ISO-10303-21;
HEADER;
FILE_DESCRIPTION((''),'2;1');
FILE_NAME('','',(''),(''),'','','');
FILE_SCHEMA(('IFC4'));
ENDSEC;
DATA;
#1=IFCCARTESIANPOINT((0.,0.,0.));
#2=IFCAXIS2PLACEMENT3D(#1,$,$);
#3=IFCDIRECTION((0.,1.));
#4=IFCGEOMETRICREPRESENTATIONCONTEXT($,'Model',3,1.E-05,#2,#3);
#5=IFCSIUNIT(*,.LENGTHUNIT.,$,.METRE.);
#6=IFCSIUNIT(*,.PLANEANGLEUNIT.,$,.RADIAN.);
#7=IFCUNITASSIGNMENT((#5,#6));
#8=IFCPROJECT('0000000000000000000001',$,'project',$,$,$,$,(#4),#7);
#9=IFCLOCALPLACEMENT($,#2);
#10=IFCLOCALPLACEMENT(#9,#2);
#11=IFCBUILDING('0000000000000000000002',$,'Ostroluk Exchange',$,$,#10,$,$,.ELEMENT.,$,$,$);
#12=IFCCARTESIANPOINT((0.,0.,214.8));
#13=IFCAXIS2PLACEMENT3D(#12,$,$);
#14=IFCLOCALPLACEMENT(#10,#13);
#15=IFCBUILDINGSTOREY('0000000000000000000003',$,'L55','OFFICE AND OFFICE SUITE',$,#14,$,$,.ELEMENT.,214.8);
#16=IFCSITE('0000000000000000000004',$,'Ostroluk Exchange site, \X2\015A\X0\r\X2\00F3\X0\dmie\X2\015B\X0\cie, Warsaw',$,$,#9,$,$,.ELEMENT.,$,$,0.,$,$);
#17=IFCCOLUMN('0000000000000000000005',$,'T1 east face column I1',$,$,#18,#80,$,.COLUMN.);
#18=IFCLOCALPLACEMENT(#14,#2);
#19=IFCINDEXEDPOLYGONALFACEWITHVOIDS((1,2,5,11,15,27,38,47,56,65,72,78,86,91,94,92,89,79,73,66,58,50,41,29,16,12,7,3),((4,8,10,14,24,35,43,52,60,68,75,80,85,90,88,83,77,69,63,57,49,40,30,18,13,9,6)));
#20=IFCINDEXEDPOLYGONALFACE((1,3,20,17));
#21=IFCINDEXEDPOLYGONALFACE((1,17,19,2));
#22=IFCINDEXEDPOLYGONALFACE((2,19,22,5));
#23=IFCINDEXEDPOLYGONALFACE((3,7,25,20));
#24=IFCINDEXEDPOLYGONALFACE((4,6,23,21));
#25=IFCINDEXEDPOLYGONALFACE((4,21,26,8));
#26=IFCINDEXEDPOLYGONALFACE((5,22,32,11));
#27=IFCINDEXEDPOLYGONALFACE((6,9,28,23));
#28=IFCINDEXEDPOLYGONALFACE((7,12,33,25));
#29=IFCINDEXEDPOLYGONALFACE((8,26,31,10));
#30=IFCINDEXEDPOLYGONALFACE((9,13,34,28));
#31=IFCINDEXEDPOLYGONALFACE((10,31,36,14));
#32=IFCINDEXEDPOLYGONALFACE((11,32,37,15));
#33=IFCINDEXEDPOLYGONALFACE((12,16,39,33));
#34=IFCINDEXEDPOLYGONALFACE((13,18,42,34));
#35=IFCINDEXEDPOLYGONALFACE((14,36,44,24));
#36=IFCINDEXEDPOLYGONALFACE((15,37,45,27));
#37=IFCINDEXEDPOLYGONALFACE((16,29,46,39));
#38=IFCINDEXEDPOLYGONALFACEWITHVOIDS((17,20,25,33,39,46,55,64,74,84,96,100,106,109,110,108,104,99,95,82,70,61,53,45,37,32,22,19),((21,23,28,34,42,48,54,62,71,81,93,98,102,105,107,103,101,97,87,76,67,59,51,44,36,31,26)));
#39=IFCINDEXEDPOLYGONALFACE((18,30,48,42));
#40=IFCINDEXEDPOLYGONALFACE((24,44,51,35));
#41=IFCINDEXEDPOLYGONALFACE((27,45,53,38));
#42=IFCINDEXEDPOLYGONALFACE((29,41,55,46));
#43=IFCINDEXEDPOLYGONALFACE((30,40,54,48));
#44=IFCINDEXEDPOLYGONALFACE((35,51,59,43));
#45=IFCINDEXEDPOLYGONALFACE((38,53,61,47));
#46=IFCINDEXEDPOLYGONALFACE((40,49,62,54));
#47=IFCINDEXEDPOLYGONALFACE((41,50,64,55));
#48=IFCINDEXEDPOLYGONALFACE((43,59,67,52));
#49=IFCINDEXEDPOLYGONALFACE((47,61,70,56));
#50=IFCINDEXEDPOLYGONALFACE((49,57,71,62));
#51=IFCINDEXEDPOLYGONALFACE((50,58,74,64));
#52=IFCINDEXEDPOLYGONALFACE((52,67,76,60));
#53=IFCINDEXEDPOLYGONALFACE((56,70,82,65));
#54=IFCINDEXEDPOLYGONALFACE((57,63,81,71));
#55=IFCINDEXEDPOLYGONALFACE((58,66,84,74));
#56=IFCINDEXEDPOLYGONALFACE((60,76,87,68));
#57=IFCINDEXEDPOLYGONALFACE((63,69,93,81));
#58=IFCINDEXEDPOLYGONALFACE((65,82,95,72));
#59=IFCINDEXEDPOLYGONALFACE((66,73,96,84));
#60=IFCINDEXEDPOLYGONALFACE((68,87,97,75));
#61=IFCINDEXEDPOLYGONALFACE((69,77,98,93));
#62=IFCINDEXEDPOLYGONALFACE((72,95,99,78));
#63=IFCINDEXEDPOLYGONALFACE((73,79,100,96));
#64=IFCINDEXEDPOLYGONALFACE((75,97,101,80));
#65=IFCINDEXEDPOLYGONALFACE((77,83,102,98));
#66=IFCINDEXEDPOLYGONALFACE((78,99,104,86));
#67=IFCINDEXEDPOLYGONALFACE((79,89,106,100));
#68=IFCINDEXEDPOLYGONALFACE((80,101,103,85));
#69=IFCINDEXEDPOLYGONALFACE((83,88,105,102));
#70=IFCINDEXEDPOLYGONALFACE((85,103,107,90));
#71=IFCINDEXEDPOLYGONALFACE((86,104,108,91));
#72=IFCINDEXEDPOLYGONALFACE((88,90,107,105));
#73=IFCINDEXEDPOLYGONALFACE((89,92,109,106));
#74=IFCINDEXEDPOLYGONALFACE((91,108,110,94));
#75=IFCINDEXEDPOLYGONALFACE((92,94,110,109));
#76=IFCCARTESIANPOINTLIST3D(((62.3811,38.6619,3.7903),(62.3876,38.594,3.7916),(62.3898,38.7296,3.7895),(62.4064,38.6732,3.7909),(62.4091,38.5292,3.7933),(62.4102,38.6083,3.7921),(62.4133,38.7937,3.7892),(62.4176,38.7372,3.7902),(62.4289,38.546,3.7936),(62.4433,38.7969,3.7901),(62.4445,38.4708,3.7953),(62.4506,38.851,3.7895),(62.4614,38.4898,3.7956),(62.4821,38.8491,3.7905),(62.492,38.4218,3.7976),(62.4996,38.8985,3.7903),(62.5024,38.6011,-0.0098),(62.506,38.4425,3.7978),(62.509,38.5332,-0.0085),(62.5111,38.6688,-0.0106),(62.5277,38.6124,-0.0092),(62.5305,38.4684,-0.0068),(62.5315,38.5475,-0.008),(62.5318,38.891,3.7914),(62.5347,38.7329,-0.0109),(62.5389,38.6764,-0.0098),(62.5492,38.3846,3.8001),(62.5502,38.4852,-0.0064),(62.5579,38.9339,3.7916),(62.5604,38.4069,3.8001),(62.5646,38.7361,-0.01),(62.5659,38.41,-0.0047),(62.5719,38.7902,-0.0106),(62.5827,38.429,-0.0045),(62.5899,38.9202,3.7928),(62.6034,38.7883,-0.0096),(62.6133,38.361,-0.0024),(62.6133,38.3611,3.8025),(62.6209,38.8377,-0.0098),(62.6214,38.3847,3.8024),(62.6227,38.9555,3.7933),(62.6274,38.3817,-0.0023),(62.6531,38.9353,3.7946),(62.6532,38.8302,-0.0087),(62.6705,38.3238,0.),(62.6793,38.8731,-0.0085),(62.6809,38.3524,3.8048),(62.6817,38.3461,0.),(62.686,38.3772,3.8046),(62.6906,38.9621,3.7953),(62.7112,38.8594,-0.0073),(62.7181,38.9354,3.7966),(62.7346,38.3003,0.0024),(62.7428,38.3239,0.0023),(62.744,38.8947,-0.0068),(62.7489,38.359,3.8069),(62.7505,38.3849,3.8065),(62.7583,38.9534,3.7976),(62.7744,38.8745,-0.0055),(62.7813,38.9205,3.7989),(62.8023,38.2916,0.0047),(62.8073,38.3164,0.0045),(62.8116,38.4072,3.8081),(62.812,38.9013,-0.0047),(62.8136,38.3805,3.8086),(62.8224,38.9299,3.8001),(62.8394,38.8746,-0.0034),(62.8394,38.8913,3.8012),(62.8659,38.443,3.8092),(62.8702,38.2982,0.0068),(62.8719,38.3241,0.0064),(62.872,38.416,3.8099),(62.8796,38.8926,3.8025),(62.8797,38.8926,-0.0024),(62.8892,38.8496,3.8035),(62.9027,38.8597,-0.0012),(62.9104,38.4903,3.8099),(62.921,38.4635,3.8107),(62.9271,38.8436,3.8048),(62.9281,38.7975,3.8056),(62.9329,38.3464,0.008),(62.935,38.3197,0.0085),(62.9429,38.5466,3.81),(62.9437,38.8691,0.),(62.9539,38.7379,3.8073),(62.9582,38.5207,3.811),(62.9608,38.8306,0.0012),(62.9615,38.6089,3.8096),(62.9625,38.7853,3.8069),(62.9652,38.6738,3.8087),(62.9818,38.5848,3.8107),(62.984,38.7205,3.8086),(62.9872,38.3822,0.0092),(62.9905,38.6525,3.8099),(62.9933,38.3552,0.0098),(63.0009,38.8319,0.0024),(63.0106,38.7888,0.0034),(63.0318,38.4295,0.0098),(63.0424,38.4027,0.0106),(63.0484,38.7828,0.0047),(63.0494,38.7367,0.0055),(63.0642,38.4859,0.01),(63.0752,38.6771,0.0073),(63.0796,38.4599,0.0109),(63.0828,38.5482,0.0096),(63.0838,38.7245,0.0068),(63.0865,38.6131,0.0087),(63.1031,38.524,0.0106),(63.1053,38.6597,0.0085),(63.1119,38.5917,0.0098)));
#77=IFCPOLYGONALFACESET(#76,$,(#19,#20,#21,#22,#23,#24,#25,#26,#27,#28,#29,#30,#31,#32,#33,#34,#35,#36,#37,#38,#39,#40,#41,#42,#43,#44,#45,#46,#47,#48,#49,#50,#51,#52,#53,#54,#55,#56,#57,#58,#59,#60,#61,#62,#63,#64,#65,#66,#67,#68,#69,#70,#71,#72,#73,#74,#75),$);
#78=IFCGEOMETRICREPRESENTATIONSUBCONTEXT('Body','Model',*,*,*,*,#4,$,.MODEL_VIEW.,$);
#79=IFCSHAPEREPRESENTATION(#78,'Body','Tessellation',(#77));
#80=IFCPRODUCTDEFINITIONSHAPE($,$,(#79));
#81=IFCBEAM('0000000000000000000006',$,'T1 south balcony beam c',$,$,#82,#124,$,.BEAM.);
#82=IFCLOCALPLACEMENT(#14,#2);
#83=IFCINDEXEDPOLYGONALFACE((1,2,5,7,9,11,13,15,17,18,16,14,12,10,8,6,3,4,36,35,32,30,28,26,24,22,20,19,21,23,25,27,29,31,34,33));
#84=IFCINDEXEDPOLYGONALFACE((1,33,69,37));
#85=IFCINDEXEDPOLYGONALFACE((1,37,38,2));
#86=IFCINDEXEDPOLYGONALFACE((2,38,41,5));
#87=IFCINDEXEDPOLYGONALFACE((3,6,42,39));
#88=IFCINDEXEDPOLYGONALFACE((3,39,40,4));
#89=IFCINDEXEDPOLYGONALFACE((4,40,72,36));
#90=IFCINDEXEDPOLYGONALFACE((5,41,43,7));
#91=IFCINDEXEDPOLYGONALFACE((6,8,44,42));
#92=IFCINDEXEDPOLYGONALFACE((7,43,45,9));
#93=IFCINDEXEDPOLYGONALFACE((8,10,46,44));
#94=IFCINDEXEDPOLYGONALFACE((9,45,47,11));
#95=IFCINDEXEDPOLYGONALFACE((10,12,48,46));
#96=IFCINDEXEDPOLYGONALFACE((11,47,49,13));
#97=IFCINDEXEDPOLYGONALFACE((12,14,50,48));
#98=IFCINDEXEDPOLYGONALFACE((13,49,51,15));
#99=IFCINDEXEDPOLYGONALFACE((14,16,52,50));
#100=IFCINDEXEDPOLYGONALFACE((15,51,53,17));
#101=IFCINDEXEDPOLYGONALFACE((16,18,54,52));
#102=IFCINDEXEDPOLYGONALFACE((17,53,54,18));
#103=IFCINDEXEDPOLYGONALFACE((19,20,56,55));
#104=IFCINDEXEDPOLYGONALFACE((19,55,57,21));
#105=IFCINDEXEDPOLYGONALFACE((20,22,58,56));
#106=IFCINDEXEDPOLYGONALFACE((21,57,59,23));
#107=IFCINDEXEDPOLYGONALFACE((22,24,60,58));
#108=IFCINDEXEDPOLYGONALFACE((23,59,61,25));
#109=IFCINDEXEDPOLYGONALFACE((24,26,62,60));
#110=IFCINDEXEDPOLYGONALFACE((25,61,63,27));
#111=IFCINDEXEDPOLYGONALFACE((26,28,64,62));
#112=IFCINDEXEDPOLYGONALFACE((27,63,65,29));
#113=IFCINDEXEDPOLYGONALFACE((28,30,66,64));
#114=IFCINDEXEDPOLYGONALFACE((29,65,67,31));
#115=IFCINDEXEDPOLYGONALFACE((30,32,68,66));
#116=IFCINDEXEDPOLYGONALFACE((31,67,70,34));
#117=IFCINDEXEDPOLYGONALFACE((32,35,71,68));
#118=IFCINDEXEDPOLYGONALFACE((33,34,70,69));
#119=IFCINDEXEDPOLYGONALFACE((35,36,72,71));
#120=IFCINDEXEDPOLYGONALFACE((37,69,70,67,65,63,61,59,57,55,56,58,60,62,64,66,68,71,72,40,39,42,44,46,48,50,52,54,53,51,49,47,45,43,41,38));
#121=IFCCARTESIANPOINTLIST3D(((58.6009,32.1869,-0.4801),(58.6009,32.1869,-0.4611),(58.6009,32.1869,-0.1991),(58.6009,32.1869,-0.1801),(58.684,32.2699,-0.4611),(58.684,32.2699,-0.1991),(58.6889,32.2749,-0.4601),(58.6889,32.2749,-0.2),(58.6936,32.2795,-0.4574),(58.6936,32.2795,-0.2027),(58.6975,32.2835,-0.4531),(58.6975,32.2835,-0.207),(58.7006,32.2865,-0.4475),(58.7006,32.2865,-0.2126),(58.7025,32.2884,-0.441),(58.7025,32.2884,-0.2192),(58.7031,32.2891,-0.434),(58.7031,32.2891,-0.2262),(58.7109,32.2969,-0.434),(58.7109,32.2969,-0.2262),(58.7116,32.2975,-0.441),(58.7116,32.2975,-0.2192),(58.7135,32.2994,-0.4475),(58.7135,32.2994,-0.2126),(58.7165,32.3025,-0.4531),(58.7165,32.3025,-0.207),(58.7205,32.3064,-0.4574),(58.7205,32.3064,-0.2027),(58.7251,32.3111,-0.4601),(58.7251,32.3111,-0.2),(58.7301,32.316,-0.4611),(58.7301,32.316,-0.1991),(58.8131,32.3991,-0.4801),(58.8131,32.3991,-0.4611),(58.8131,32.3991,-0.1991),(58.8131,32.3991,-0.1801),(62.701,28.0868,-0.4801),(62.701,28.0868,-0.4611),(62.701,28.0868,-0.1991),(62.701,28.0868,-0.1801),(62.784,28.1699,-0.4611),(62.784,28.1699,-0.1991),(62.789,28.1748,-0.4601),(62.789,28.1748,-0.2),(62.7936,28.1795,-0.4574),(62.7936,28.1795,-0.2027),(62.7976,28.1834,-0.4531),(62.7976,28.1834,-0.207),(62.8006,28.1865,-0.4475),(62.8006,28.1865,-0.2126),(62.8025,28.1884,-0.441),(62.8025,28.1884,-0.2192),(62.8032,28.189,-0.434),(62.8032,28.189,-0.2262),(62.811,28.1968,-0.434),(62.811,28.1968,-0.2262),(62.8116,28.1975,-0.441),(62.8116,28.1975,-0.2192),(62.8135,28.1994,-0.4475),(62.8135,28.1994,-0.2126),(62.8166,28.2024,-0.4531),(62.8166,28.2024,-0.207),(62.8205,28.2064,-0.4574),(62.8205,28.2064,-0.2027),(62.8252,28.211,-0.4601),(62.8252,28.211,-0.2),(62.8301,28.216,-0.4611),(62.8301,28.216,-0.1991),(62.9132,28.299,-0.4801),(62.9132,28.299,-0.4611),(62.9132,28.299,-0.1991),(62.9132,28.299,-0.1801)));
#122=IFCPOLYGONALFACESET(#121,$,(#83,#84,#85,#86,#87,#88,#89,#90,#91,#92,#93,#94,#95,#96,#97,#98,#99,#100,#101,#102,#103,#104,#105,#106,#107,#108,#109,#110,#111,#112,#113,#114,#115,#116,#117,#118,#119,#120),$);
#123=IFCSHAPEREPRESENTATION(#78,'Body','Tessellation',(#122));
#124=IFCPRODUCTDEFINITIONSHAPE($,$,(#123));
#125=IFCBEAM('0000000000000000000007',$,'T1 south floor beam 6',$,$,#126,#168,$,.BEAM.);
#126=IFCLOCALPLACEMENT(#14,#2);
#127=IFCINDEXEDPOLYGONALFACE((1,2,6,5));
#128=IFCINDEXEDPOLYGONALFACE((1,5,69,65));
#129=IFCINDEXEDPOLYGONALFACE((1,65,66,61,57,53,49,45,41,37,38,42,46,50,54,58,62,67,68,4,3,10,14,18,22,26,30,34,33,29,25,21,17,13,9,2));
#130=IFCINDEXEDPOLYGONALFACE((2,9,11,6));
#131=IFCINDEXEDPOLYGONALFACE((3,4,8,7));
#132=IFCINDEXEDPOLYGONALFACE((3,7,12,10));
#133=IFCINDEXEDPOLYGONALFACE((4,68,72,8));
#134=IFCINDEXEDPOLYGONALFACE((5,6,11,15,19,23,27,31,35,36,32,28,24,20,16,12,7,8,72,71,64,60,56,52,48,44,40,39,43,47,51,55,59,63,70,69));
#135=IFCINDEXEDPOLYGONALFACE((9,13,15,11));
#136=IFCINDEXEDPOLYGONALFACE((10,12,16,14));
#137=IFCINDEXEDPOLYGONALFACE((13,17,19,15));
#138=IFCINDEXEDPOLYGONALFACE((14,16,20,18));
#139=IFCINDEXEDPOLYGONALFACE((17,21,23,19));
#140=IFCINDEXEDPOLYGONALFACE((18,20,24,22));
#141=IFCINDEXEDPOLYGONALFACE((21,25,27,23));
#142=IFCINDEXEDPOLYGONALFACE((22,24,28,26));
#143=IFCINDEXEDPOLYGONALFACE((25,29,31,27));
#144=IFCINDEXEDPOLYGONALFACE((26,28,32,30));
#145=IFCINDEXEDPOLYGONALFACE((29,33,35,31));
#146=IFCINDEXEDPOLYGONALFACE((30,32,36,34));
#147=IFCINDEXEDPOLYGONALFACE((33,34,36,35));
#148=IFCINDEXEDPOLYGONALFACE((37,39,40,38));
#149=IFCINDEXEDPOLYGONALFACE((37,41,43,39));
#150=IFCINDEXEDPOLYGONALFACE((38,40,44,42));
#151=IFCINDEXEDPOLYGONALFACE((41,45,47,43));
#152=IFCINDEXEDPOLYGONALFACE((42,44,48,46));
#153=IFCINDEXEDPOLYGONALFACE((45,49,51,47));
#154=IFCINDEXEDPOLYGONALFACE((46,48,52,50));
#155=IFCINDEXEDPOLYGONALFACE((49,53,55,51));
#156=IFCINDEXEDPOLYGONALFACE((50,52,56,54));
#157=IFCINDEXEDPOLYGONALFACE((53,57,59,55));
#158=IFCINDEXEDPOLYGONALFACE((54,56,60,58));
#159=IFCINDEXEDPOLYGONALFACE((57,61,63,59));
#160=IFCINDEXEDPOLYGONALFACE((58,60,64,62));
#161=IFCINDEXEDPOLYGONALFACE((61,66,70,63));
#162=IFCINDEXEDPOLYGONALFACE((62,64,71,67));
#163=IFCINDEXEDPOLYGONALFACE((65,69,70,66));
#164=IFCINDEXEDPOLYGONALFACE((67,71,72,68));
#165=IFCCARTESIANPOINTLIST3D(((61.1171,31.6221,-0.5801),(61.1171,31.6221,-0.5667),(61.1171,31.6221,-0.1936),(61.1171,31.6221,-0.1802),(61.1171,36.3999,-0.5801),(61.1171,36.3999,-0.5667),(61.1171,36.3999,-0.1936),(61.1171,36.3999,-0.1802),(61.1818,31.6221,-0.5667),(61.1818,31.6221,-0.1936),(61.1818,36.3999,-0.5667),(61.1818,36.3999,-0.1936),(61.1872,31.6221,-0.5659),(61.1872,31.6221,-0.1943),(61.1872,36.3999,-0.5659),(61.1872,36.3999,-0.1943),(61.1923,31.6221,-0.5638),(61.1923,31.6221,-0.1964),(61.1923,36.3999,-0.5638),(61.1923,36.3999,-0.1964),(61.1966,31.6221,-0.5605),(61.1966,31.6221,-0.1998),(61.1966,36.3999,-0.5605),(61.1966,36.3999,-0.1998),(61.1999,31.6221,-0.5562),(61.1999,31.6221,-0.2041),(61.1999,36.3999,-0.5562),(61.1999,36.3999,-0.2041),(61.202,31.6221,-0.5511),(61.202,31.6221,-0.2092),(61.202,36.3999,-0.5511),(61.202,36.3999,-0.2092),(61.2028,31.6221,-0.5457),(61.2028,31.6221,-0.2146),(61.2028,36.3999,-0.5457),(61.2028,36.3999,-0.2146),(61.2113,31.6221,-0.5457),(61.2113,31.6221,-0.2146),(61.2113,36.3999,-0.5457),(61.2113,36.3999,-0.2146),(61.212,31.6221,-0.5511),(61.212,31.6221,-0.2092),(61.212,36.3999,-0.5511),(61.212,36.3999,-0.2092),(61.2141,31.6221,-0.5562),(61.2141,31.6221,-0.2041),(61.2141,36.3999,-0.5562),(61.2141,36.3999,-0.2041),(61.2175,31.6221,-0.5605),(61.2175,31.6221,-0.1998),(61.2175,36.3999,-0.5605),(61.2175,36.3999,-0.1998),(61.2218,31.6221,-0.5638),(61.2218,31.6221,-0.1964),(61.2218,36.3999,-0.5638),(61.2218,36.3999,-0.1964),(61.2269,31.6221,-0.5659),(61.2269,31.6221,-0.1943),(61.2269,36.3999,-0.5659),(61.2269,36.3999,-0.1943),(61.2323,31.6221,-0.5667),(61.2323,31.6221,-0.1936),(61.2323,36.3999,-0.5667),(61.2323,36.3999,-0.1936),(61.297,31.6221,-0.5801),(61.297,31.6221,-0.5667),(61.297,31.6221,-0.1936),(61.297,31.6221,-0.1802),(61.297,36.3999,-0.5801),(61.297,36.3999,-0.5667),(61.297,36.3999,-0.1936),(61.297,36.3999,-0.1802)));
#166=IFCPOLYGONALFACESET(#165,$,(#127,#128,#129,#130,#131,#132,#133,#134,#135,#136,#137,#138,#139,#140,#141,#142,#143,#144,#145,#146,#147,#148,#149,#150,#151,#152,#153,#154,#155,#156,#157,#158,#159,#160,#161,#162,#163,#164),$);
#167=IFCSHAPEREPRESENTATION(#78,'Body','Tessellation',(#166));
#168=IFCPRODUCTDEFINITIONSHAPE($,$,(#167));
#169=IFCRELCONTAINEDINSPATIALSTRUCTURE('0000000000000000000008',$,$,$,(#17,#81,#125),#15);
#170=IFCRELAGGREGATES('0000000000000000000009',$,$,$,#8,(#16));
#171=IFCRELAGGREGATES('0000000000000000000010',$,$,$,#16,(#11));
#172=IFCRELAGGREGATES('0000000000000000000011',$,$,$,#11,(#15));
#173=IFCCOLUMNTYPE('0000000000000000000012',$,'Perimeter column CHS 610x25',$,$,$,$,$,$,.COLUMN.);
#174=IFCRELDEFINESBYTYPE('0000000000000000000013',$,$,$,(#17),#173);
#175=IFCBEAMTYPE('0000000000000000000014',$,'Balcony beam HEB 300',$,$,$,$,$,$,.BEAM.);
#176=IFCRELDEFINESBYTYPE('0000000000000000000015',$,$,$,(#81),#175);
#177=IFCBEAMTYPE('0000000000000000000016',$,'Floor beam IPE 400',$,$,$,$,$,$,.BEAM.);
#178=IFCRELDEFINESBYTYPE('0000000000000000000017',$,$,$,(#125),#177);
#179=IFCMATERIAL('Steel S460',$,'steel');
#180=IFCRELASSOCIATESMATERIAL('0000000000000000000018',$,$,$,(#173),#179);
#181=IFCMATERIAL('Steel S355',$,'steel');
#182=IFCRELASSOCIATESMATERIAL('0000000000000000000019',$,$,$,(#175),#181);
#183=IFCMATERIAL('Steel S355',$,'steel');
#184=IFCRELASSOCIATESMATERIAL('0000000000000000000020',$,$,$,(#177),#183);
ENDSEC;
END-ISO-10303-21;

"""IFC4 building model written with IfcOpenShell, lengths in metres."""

from ifc_helpers import new_model, si_unit, direction, frame, origin, origin_2d, place, context, subcontext, project, spatial, hollow_circle, i_section, extrude, material, material_profile, profile_set, type_object, element, save


model = new_model("IFC4")

# Units and contexts
model_context = context("Model", 3, precision=1e-05, world=origin(), true_north=direction((0.0, 1.0)))
body_context = subcontext(model_context, "Body", "Model", "MODEL_VIEW")
ifc_project = project(units=[si_unit("LENGTHUNIT", "METRE"), si_unit("PLANEANGLEUNIT", "RADIAN")], contexts=[model_context])

# Site, building, storey
site_placement = place(None, origin())
site = spatial("IfcSite", under=ifc_project, at=site_placement, Name="Ostroluk Exchange site, Śródmieście, Warsaw", CompositionType="ELEMENT", RefElevation=0.0)
building_placement = place(site_placement, origin())
building = spatial("IfcBuilding", under=site, at=building_placement, Name="Ostroluk Exchange", CompositionType="ELEMENT")
storey_placement = place(building_placement, frame((0.0, 0.0, 214.8)))
storey = spatial("IfcBuildingStorey", under=building, at=storey_placement, Name="L55", Description="OFFICE AND OFFICE SUITE", CompositionType="ELEMENT", Elevation=214.8)

# Column
ifc_material_1 = material(Name="Steel S460", Category="steel")
ifc_material_profile_1 = material_profile(ifc_material_1, hollow_circle(Radius=0.3049, WallThickness=0.0249, at=origin_2d()), Name="CHS 610x25")
ifc_profile_set_1 = profile_set([ifc_material_profile_1], Name="Steel S460")
column_type = type_object("IfcColumnType", Name="Perimeter column CHS 610x25", PredefinedType="COLUMN", material=ifc_profile_set_1)
column_placement = place(storey_placement, frame((62.8071, 38.5964, 0.0), z_axis=(-0.03191, 0.015987, 0.999363), x_axis=(-0.447933, -0.894067, 0.0)))
element("IfcColumn", 1, at=column_placement, inside=storey, type_object=column_type, Name="T1 east face column I1", PredefinedType="COLUMN", context=body_context, shape_type="SweptSolid", body=[
    extrude(hollow_circle(Radius=0.3049, WallThickness=0.0249, at=origin_2d()), origin(), (0.0, 0.0, 1.0), 3.8025),
])

# Beams
ifc_material_2 = material(Name="Steel S355", Category="steel")
ifc_material_profile_2 = material_profile(ifc_material_2, i_section(OverallWidth=0.3, OverallDepth=0.3, WebThickness=0.011, FlangeThickness=0.019, FilletRadius=0.0271, at=origin_2d()), Name="HEB 300")
ifc_profile_set_2 = profile_set([ifc_material_profile_2], Name="Steel S355")
beam_type_1 = type_object("IfcBeamType", Name="Balcony beam HEB 300", PredefinedType="BEAM", material=ifc_profile_set_2)
beam_1_placement = place(storey_placement, frame((58.707, 32.293, -0.3301), z_axis=(0.707107, -0.707107, 0.0), x_axis=(0.707107, 0.707107, 0.0)))
element("IfcBeam", 2, at=beam_1_placement, inside=storey, type_object=beam_type_1, Name="T1 south balcony beam c", PredefinedType="BEAM", context=body_context, shape_type="SweptSolid", body=[
    extrude(i_section(OverallWidth=0.3, OverallDepth=0.3, WebThickness=0.011, FlangeThickness=0.019, FilletRadius=0.0271, at=origin_2d()), origin(), (0.0, 0.0, 1.0), 5.7983),
])
ifc_material_3 = material(Name="Steel S355", Category="steel")
ifc_material_profile_3 = material_profile(ifc_material_3, i_section(OverallWidth=0.1799, OverallDepth=0.3999, WebThickness=0.0085, FlangeThickness=0.0134, FilletRadius=0.021, at=origin_2d()), Name="IPE 400")
ifc_profile_set_3 = profile_set([ifc_material_profile_3], Name="Steel S355")
beam_type_2 = type_object("IfcBeamType", Name="Floor beam IPE 400", PredefinedType="BEAM", material=ifc_profile_set_3)
beam_2_placement = place(storey_placement, frame((61.207, 36.3999, -0.3801), z_axis=(0.0, -1.0, 0.0), x_axis=(1.0, 0.0, 0.0)))
element("IfcBeam", 3, at=beam_2_placement, inside=storey, type_object=beam_type_2, Name="T1 south floor beam 6", PredefinedType="BEAM", context=body_context, shape_type="SweptSolid", body=[
    extrude(i_section(OverallWidth=0.1799, OverallDepth=0.3999, WebThickness=0.0085, FlangeThickness=0.0134, FilletRadius=0.021, at=origin_2d()), origin(), (0.0, 0.0, 1.0), 4.7778),
])

save(model, "model.ifc")
